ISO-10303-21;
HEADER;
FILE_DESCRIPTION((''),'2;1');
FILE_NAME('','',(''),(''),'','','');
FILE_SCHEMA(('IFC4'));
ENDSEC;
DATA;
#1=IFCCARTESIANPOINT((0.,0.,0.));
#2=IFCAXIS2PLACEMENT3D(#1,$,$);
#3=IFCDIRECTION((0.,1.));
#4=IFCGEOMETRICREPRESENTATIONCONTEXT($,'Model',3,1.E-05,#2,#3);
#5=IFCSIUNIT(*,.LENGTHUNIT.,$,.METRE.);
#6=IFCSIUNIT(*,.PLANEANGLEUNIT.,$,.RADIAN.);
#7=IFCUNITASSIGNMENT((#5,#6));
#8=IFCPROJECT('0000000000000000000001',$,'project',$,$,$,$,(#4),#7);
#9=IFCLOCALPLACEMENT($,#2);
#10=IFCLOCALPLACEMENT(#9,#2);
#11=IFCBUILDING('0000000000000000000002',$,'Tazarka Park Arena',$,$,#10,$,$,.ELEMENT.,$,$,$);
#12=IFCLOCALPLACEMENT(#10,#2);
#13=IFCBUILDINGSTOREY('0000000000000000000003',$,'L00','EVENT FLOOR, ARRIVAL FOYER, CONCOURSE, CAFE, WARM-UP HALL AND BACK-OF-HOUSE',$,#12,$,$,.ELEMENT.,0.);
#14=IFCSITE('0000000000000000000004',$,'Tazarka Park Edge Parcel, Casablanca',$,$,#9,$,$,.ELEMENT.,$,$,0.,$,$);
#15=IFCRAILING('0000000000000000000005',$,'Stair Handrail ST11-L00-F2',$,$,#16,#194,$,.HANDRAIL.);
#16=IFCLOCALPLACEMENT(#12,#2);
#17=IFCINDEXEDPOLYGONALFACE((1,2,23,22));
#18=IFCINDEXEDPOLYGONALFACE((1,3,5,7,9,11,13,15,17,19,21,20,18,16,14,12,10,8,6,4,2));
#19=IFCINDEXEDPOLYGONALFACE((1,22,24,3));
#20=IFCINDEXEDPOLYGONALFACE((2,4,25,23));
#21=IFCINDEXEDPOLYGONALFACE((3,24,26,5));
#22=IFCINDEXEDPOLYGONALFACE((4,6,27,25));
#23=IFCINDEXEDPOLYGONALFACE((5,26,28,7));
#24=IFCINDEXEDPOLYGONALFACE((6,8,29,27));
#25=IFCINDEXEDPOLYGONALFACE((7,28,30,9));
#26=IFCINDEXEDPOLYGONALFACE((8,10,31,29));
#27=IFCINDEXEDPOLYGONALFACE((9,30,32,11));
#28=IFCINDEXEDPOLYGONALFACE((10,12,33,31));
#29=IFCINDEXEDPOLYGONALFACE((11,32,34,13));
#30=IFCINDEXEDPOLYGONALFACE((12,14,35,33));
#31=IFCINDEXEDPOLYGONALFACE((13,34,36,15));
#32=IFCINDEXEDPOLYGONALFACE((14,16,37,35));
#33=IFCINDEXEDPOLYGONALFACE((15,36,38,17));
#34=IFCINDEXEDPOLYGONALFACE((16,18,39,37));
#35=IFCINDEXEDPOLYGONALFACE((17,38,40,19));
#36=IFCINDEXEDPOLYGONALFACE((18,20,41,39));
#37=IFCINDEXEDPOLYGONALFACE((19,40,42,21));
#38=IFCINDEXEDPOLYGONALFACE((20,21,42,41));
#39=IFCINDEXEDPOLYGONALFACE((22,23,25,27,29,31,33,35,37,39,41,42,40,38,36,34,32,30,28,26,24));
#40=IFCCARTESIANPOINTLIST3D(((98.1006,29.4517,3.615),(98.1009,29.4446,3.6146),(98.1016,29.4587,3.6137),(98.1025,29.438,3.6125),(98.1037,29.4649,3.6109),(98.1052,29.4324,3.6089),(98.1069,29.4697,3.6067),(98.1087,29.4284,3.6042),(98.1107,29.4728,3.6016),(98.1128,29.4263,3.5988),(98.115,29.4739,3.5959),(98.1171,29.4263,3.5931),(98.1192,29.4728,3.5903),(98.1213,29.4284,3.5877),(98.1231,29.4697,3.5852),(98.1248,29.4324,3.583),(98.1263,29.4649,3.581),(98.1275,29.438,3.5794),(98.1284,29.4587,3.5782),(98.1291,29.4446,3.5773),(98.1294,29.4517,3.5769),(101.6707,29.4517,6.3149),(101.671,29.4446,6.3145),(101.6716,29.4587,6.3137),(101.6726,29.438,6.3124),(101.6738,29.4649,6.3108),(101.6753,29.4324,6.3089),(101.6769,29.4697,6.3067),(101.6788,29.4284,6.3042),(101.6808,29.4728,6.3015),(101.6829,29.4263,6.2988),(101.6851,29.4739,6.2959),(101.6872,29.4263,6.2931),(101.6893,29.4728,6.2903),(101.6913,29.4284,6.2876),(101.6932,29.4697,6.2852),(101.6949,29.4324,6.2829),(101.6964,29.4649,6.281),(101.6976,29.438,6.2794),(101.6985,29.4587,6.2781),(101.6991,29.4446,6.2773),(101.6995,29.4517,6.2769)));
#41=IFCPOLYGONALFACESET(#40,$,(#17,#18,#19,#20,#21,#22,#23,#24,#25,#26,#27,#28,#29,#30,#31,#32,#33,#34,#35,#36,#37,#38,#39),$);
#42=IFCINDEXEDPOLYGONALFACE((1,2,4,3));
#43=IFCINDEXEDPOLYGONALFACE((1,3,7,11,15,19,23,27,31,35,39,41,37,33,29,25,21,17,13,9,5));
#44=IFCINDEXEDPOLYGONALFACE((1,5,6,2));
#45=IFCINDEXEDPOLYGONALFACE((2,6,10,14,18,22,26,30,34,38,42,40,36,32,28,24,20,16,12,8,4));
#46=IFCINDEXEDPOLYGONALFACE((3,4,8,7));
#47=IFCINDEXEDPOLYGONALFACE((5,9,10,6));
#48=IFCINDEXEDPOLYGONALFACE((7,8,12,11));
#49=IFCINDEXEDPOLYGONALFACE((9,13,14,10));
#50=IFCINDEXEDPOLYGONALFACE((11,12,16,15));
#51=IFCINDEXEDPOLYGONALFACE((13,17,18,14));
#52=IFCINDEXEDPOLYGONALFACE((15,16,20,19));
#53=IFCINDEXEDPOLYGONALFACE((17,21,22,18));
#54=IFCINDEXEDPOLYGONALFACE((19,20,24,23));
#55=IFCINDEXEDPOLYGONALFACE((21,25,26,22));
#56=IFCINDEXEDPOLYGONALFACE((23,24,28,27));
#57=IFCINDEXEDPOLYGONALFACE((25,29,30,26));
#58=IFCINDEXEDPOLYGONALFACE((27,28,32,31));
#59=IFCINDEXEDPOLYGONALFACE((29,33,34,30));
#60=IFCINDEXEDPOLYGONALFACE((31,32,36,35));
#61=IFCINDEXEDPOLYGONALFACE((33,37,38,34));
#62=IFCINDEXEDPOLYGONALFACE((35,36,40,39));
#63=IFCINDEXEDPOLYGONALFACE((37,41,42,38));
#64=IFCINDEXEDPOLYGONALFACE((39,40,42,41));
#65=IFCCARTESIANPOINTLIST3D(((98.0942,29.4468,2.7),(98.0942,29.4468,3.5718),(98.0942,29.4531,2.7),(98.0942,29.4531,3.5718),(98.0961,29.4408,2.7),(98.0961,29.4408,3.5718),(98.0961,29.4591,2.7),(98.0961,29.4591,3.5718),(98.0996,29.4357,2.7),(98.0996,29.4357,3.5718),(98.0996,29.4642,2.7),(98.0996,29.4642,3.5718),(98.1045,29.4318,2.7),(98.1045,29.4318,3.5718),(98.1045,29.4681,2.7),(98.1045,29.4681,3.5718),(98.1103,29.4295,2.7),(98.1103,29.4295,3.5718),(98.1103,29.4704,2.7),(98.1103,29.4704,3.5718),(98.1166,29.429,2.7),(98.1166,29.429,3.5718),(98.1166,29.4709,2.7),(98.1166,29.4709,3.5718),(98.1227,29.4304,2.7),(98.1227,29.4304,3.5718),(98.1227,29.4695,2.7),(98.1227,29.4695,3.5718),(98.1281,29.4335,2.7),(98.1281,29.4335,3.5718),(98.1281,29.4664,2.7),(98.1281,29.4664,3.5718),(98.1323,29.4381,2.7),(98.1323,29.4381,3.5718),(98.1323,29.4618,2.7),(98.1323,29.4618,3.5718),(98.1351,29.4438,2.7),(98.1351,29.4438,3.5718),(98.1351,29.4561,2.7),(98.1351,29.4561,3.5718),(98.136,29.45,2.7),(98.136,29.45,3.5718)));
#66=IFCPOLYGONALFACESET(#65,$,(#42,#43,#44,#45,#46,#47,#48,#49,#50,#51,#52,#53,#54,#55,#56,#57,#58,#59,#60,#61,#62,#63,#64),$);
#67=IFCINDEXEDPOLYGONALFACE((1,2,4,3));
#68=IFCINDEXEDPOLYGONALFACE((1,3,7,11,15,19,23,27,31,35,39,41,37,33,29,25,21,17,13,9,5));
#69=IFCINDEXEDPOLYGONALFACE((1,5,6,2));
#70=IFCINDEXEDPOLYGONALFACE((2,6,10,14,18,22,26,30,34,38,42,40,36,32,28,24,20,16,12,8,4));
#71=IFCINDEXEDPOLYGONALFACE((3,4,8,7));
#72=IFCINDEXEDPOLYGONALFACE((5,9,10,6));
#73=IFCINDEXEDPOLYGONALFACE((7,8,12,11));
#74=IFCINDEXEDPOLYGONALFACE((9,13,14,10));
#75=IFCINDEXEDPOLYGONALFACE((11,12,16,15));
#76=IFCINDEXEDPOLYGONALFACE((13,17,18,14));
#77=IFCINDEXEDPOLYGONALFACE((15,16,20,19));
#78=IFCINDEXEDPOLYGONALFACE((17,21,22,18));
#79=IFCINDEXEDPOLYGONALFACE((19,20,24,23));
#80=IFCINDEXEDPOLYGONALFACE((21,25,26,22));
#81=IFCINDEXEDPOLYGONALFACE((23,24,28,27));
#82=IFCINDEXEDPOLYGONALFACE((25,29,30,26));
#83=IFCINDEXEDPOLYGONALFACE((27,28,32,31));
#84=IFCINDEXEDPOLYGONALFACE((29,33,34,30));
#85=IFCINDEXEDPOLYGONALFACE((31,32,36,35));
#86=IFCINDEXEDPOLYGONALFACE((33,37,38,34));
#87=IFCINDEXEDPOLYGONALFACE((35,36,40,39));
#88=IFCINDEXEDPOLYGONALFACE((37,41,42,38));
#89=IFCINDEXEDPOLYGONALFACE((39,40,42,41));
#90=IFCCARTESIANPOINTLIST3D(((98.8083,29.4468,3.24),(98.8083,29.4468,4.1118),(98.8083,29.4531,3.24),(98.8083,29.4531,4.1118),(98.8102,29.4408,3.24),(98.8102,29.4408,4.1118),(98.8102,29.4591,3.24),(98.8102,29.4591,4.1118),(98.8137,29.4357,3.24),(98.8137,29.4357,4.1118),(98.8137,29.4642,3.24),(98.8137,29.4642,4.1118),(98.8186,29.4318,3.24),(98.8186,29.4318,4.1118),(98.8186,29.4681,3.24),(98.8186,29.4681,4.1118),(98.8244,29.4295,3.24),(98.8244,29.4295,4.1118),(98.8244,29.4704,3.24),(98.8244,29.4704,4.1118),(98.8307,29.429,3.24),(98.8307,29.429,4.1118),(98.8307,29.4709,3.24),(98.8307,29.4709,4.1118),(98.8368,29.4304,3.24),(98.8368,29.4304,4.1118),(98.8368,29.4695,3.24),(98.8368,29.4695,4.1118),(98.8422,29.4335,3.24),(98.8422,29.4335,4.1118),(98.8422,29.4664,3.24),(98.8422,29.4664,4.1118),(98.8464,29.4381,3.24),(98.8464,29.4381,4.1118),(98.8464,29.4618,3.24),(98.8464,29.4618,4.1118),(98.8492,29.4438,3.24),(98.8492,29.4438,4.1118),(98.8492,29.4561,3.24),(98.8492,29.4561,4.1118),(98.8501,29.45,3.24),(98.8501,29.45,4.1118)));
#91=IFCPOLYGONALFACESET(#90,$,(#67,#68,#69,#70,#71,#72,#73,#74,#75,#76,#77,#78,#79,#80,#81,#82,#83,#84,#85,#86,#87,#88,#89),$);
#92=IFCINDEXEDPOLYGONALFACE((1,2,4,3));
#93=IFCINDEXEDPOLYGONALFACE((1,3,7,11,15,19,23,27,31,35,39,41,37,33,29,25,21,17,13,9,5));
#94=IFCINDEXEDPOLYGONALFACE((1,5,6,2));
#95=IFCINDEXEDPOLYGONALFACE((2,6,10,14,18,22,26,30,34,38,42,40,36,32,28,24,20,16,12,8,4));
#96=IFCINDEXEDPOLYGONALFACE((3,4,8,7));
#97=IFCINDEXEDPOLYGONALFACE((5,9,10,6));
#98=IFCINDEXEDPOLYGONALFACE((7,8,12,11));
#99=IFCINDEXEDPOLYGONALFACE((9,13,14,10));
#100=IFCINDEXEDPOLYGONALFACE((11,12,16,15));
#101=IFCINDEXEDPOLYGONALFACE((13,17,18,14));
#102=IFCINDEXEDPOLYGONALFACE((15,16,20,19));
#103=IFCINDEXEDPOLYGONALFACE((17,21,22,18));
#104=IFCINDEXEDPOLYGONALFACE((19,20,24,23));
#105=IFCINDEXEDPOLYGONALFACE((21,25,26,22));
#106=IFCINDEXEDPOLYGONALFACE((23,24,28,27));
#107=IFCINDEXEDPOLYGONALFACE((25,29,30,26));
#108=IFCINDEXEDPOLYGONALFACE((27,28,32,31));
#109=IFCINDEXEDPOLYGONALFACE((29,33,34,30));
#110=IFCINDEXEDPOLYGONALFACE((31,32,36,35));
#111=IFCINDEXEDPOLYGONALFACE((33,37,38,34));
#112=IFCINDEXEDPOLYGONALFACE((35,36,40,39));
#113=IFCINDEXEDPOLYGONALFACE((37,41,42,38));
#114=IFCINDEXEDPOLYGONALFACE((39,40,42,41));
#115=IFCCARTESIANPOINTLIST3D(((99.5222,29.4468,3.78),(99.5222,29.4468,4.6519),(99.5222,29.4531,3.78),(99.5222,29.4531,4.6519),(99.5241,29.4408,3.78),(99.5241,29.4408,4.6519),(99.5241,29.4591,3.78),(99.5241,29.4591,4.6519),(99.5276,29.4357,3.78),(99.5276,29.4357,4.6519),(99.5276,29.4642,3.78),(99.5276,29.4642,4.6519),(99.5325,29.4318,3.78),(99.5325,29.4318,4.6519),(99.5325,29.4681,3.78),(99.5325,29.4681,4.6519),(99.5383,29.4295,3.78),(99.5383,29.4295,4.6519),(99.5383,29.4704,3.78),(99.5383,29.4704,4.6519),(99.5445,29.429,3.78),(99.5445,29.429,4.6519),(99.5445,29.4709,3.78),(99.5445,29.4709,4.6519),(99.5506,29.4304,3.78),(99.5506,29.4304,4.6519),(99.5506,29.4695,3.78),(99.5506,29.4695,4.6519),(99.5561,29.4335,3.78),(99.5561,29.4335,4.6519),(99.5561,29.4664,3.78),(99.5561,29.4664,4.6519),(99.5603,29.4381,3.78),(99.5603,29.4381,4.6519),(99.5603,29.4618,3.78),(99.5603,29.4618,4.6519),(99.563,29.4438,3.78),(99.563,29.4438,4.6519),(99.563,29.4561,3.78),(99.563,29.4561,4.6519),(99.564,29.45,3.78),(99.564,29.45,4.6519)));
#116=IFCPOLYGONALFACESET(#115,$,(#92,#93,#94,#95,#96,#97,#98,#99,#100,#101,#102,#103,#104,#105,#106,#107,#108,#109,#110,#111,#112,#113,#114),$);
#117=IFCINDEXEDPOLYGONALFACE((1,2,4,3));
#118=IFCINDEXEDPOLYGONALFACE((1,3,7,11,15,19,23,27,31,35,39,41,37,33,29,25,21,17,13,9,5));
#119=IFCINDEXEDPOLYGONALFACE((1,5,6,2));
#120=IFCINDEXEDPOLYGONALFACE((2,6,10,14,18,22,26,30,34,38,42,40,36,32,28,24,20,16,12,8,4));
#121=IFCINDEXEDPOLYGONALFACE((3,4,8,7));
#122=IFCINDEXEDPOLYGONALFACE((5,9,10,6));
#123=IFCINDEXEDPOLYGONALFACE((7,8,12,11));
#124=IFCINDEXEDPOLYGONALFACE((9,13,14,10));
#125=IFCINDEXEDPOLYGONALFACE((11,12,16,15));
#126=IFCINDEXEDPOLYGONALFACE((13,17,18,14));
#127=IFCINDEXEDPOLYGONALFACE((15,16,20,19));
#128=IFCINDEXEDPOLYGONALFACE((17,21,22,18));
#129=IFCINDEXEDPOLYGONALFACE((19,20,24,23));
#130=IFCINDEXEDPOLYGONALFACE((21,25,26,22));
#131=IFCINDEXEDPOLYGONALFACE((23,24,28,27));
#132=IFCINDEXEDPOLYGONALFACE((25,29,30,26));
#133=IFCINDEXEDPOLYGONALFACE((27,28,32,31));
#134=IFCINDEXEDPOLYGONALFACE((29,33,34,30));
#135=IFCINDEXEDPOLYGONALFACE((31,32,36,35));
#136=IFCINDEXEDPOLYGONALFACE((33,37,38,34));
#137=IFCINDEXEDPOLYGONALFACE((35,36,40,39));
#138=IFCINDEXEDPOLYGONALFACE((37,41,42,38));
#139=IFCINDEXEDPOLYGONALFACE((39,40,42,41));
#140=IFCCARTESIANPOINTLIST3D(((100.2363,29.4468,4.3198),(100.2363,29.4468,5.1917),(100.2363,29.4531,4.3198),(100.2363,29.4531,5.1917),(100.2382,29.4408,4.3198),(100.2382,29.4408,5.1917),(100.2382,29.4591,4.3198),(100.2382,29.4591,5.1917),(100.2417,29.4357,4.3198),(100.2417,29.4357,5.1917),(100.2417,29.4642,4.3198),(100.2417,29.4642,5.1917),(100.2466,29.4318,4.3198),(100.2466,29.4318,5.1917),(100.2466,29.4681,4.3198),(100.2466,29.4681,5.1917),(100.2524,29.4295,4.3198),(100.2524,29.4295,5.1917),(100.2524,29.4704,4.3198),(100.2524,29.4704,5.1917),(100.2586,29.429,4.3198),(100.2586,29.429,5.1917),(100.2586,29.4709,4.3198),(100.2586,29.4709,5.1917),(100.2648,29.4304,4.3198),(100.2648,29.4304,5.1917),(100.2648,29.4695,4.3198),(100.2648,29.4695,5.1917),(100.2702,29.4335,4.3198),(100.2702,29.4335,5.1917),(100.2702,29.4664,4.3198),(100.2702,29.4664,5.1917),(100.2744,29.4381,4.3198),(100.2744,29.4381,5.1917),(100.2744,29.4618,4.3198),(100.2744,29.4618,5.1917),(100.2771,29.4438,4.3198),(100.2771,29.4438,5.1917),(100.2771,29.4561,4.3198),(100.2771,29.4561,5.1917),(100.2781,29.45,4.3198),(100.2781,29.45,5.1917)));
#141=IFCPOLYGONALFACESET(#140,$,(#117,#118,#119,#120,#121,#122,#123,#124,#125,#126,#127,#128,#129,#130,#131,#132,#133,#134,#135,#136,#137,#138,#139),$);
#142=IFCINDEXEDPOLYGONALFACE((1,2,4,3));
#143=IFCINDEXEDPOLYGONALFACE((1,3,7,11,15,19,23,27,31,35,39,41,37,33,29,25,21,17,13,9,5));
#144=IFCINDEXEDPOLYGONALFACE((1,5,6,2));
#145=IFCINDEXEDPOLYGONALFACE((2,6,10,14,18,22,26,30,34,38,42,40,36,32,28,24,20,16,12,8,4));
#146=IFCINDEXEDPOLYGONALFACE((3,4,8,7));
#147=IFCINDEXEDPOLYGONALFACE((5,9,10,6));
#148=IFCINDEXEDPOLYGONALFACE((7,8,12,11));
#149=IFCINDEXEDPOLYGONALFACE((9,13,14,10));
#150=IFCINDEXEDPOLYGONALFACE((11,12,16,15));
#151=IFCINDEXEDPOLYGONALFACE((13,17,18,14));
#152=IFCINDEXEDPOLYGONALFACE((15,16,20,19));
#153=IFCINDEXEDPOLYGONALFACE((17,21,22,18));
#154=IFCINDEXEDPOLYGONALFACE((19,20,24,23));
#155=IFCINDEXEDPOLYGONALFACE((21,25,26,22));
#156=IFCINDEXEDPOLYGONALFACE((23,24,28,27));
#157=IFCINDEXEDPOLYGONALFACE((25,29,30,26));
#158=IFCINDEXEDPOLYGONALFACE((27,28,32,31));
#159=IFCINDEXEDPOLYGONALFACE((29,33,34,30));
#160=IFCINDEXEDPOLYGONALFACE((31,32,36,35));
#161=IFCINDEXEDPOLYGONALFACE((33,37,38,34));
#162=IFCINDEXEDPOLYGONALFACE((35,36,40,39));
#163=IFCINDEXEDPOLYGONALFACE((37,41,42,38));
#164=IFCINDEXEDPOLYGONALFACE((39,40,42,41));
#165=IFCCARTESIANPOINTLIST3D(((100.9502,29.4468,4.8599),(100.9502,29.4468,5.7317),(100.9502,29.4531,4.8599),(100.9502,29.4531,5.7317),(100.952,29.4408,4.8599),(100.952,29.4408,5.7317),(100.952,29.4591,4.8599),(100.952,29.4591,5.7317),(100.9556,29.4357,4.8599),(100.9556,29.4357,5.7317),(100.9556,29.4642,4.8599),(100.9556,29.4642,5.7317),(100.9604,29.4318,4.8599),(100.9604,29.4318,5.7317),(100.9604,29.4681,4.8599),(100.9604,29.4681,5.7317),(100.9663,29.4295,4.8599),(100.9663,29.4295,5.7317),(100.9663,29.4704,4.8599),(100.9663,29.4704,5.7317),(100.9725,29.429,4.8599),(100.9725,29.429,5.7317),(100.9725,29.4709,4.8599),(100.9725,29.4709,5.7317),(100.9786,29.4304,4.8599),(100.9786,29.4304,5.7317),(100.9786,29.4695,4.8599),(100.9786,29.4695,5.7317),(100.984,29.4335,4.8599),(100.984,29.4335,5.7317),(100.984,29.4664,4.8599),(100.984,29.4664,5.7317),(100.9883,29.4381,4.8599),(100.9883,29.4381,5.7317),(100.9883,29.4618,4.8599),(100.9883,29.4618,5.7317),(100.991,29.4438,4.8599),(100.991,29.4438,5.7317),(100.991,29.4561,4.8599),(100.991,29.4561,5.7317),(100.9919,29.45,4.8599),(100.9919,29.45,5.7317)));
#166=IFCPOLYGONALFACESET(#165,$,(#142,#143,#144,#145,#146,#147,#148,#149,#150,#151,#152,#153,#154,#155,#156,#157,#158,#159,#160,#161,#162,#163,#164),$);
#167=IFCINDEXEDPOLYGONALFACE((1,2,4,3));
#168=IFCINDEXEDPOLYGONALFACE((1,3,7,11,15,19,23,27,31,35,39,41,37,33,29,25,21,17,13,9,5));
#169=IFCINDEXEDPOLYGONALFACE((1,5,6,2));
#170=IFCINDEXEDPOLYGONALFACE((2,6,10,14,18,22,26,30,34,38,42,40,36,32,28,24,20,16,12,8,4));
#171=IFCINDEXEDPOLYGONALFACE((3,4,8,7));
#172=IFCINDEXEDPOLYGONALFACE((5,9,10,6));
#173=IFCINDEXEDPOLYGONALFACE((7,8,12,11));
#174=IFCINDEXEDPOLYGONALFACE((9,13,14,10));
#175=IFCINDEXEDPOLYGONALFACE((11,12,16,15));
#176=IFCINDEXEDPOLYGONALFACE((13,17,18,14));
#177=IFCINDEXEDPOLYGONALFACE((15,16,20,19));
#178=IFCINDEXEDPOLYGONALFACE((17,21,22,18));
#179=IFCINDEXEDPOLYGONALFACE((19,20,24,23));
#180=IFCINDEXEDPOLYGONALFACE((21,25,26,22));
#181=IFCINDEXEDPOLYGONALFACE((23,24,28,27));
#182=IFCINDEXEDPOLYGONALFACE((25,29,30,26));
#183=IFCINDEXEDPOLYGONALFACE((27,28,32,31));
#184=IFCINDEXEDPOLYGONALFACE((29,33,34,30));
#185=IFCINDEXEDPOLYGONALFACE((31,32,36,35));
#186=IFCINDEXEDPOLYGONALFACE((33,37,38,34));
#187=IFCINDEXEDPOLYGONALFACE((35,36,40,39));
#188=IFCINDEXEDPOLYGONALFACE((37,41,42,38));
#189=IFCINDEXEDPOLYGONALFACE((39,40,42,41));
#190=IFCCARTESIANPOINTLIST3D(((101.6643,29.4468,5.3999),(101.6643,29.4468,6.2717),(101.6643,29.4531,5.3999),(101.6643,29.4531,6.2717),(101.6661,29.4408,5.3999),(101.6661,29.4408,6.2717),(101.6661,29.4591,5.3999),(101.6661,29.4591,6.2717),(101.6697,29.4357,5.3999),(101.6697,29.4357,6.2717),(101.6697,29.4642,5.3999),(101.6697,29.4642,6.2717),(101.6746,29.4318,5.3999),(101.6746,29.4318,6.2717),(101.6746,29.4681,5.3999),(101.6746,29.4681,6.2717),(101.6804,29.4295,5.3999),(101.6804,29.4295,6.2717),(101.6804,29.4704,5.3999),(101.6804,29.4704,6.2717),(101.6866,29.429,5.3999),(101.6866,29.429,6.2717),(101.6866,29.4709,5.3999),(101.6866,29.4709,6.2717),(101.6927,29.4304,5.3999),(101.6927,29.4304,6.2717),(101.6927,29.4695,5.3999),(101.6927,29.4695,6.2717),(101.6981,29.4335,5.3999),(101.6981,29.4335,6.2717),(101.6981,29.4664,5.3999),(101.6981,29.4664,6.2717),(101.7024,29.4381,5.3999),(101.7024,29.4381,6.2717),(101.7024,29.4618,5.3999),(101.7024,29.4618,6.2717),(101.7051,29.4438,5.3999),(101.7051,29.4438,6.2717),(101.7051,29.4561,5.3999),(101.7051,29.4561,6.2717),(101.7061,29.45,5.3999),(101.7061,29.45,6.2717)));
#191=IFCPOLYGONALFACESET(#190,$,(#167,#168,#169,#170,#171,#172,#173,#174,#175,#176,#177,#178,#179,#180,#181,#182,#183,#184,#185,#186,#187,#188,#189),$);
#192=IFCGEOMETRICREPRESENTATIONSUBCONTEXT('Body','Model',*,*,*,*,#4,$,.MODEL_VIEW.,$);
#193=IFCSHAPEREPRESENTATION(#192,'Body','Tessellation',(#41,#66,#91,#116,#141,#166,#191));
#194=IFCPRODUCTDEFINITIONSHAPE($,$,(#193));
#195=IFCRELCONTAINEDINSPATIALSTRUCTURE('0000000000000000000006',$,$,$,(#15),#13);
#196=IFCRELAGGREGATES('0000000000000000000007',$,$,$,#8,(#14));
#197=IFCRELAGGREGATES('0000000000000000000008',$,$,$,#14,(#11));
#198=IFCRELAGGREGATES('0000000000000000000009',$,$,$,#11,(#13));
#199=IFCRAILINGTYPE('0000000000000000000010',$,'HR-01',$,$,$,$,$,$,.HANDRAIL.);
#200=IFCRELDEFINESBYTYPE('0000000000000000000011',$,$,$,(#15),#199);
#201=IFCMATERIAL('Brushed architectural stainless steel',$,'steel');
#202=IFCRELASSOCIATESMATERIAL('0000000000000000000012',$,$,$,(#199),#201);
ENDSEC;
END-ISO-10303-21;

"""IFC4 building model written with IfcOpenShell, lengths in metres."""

from ifc_helpers import new_model, si_unit, direction, frame, origin, origin_2d, place, context, subcontext, project, spatial, circle, extrude, material, type_object, element, save


model = new_model("IFC4")

# Units and contexts
model_context = context("Model", 3, precision=1e-05, world=origin(), true_north=direction((0.0, 1.0)))
body_context = subcontext(model_context, "Body", "Model", "MODEL_VIEW")
ifc_project = project(units=[si_unit("LENGTHUNIT", "METRE"), si_unit("PLANEANGLEUNIT", "RADIAN")], contexts=[model_context])

# Site, building, storey
site_placement = place(None, origin())
site = spatial("IfcSite", under=ifc_project, at=site_placement, Name="Tazarka Park Edge Parcel, Casablanca", CompositionType="ELEMENT", RefElevation=0.0)
building_placement = place(site_placement, origin())
building = spatial("IfcBuilding", under=site, at=building_placement, Name="Tazarka Park Arena", CompositionType="ELEMENT")
storey_placement = place(building_placement, origin())
storey = spatial("IfcBuildingStorey", under=building, at=storey_placement, Name="L00", Description="EVENT FLOOR, ARRIVAL FOYER, CONCOURSE, CAFE, WARM-UP HALL AND BACK-OF-HOUSE", CompositionType="ELEMENT", Elevation=0.0)

# Railing
ifc_material_1 = material(Name="Brushed architectural stainless steel", Category="steel")
railing_type_1 = type_object("IfcRailingType", Name="HR-01", PredefinedType="HANDRAIL", material=ifc_material_1)
railing_1_placement = place(storey_placement, frame((98.115, 29.45, 2.7)))
element("IfcRailing", 1, at=railing_1_placement, inside=storey, type_object=railing_type_1, Name="Stair Handrail ST11-L00-F2", PredefinedType="HANDRAIL", context=body_context, shape_type="SweptSolid", body=[
    extrude(circle(Radius=0.0239, at=origin_2d()), frame((0.0, 0.0, 0.896), z_axis=(0.797591, 0.0, 0.603198), x_axis=(0.0, 1.0, 0.0)), (0.0, 0.0, 1.0), 4.4761),
    extrude(circle(Radius=0.021, at=origin_2d()), origin(), (0.0, 0.0, 1.0), 0.8718),
    extrude(circle(Radius=0.021, at=origin_2d()), frame((0.7141, 0.0, 0.54)), (0.0, 0.0, 1.0), 0.8718),
    extrude(circle(Radius=0.021, at=origin_2d()), frame((1.428, 0.0, 1.0801)), (0.0, 0.0, 1.0), 0.8718),
    extrude(circle(Radius=0.021, at=origin_2d()), frame((2.1421, 0.0, 1.6199)), (0.0, 0.0, 1.0), 0.8718),
    extrude(circle(Radius=0.021, at=origin_2d()), frame((2.856, 0.0, 2.1599)), (0.0, 0.0, 1.0), 0.8718),
    extrude(circle(Radius=0.021, at=origin_2d()), frame((3.5701, 0.0, 2.7)), (0.0, 0.0, 1.0), 0.8718),
])

save(model, "model.ifc")
